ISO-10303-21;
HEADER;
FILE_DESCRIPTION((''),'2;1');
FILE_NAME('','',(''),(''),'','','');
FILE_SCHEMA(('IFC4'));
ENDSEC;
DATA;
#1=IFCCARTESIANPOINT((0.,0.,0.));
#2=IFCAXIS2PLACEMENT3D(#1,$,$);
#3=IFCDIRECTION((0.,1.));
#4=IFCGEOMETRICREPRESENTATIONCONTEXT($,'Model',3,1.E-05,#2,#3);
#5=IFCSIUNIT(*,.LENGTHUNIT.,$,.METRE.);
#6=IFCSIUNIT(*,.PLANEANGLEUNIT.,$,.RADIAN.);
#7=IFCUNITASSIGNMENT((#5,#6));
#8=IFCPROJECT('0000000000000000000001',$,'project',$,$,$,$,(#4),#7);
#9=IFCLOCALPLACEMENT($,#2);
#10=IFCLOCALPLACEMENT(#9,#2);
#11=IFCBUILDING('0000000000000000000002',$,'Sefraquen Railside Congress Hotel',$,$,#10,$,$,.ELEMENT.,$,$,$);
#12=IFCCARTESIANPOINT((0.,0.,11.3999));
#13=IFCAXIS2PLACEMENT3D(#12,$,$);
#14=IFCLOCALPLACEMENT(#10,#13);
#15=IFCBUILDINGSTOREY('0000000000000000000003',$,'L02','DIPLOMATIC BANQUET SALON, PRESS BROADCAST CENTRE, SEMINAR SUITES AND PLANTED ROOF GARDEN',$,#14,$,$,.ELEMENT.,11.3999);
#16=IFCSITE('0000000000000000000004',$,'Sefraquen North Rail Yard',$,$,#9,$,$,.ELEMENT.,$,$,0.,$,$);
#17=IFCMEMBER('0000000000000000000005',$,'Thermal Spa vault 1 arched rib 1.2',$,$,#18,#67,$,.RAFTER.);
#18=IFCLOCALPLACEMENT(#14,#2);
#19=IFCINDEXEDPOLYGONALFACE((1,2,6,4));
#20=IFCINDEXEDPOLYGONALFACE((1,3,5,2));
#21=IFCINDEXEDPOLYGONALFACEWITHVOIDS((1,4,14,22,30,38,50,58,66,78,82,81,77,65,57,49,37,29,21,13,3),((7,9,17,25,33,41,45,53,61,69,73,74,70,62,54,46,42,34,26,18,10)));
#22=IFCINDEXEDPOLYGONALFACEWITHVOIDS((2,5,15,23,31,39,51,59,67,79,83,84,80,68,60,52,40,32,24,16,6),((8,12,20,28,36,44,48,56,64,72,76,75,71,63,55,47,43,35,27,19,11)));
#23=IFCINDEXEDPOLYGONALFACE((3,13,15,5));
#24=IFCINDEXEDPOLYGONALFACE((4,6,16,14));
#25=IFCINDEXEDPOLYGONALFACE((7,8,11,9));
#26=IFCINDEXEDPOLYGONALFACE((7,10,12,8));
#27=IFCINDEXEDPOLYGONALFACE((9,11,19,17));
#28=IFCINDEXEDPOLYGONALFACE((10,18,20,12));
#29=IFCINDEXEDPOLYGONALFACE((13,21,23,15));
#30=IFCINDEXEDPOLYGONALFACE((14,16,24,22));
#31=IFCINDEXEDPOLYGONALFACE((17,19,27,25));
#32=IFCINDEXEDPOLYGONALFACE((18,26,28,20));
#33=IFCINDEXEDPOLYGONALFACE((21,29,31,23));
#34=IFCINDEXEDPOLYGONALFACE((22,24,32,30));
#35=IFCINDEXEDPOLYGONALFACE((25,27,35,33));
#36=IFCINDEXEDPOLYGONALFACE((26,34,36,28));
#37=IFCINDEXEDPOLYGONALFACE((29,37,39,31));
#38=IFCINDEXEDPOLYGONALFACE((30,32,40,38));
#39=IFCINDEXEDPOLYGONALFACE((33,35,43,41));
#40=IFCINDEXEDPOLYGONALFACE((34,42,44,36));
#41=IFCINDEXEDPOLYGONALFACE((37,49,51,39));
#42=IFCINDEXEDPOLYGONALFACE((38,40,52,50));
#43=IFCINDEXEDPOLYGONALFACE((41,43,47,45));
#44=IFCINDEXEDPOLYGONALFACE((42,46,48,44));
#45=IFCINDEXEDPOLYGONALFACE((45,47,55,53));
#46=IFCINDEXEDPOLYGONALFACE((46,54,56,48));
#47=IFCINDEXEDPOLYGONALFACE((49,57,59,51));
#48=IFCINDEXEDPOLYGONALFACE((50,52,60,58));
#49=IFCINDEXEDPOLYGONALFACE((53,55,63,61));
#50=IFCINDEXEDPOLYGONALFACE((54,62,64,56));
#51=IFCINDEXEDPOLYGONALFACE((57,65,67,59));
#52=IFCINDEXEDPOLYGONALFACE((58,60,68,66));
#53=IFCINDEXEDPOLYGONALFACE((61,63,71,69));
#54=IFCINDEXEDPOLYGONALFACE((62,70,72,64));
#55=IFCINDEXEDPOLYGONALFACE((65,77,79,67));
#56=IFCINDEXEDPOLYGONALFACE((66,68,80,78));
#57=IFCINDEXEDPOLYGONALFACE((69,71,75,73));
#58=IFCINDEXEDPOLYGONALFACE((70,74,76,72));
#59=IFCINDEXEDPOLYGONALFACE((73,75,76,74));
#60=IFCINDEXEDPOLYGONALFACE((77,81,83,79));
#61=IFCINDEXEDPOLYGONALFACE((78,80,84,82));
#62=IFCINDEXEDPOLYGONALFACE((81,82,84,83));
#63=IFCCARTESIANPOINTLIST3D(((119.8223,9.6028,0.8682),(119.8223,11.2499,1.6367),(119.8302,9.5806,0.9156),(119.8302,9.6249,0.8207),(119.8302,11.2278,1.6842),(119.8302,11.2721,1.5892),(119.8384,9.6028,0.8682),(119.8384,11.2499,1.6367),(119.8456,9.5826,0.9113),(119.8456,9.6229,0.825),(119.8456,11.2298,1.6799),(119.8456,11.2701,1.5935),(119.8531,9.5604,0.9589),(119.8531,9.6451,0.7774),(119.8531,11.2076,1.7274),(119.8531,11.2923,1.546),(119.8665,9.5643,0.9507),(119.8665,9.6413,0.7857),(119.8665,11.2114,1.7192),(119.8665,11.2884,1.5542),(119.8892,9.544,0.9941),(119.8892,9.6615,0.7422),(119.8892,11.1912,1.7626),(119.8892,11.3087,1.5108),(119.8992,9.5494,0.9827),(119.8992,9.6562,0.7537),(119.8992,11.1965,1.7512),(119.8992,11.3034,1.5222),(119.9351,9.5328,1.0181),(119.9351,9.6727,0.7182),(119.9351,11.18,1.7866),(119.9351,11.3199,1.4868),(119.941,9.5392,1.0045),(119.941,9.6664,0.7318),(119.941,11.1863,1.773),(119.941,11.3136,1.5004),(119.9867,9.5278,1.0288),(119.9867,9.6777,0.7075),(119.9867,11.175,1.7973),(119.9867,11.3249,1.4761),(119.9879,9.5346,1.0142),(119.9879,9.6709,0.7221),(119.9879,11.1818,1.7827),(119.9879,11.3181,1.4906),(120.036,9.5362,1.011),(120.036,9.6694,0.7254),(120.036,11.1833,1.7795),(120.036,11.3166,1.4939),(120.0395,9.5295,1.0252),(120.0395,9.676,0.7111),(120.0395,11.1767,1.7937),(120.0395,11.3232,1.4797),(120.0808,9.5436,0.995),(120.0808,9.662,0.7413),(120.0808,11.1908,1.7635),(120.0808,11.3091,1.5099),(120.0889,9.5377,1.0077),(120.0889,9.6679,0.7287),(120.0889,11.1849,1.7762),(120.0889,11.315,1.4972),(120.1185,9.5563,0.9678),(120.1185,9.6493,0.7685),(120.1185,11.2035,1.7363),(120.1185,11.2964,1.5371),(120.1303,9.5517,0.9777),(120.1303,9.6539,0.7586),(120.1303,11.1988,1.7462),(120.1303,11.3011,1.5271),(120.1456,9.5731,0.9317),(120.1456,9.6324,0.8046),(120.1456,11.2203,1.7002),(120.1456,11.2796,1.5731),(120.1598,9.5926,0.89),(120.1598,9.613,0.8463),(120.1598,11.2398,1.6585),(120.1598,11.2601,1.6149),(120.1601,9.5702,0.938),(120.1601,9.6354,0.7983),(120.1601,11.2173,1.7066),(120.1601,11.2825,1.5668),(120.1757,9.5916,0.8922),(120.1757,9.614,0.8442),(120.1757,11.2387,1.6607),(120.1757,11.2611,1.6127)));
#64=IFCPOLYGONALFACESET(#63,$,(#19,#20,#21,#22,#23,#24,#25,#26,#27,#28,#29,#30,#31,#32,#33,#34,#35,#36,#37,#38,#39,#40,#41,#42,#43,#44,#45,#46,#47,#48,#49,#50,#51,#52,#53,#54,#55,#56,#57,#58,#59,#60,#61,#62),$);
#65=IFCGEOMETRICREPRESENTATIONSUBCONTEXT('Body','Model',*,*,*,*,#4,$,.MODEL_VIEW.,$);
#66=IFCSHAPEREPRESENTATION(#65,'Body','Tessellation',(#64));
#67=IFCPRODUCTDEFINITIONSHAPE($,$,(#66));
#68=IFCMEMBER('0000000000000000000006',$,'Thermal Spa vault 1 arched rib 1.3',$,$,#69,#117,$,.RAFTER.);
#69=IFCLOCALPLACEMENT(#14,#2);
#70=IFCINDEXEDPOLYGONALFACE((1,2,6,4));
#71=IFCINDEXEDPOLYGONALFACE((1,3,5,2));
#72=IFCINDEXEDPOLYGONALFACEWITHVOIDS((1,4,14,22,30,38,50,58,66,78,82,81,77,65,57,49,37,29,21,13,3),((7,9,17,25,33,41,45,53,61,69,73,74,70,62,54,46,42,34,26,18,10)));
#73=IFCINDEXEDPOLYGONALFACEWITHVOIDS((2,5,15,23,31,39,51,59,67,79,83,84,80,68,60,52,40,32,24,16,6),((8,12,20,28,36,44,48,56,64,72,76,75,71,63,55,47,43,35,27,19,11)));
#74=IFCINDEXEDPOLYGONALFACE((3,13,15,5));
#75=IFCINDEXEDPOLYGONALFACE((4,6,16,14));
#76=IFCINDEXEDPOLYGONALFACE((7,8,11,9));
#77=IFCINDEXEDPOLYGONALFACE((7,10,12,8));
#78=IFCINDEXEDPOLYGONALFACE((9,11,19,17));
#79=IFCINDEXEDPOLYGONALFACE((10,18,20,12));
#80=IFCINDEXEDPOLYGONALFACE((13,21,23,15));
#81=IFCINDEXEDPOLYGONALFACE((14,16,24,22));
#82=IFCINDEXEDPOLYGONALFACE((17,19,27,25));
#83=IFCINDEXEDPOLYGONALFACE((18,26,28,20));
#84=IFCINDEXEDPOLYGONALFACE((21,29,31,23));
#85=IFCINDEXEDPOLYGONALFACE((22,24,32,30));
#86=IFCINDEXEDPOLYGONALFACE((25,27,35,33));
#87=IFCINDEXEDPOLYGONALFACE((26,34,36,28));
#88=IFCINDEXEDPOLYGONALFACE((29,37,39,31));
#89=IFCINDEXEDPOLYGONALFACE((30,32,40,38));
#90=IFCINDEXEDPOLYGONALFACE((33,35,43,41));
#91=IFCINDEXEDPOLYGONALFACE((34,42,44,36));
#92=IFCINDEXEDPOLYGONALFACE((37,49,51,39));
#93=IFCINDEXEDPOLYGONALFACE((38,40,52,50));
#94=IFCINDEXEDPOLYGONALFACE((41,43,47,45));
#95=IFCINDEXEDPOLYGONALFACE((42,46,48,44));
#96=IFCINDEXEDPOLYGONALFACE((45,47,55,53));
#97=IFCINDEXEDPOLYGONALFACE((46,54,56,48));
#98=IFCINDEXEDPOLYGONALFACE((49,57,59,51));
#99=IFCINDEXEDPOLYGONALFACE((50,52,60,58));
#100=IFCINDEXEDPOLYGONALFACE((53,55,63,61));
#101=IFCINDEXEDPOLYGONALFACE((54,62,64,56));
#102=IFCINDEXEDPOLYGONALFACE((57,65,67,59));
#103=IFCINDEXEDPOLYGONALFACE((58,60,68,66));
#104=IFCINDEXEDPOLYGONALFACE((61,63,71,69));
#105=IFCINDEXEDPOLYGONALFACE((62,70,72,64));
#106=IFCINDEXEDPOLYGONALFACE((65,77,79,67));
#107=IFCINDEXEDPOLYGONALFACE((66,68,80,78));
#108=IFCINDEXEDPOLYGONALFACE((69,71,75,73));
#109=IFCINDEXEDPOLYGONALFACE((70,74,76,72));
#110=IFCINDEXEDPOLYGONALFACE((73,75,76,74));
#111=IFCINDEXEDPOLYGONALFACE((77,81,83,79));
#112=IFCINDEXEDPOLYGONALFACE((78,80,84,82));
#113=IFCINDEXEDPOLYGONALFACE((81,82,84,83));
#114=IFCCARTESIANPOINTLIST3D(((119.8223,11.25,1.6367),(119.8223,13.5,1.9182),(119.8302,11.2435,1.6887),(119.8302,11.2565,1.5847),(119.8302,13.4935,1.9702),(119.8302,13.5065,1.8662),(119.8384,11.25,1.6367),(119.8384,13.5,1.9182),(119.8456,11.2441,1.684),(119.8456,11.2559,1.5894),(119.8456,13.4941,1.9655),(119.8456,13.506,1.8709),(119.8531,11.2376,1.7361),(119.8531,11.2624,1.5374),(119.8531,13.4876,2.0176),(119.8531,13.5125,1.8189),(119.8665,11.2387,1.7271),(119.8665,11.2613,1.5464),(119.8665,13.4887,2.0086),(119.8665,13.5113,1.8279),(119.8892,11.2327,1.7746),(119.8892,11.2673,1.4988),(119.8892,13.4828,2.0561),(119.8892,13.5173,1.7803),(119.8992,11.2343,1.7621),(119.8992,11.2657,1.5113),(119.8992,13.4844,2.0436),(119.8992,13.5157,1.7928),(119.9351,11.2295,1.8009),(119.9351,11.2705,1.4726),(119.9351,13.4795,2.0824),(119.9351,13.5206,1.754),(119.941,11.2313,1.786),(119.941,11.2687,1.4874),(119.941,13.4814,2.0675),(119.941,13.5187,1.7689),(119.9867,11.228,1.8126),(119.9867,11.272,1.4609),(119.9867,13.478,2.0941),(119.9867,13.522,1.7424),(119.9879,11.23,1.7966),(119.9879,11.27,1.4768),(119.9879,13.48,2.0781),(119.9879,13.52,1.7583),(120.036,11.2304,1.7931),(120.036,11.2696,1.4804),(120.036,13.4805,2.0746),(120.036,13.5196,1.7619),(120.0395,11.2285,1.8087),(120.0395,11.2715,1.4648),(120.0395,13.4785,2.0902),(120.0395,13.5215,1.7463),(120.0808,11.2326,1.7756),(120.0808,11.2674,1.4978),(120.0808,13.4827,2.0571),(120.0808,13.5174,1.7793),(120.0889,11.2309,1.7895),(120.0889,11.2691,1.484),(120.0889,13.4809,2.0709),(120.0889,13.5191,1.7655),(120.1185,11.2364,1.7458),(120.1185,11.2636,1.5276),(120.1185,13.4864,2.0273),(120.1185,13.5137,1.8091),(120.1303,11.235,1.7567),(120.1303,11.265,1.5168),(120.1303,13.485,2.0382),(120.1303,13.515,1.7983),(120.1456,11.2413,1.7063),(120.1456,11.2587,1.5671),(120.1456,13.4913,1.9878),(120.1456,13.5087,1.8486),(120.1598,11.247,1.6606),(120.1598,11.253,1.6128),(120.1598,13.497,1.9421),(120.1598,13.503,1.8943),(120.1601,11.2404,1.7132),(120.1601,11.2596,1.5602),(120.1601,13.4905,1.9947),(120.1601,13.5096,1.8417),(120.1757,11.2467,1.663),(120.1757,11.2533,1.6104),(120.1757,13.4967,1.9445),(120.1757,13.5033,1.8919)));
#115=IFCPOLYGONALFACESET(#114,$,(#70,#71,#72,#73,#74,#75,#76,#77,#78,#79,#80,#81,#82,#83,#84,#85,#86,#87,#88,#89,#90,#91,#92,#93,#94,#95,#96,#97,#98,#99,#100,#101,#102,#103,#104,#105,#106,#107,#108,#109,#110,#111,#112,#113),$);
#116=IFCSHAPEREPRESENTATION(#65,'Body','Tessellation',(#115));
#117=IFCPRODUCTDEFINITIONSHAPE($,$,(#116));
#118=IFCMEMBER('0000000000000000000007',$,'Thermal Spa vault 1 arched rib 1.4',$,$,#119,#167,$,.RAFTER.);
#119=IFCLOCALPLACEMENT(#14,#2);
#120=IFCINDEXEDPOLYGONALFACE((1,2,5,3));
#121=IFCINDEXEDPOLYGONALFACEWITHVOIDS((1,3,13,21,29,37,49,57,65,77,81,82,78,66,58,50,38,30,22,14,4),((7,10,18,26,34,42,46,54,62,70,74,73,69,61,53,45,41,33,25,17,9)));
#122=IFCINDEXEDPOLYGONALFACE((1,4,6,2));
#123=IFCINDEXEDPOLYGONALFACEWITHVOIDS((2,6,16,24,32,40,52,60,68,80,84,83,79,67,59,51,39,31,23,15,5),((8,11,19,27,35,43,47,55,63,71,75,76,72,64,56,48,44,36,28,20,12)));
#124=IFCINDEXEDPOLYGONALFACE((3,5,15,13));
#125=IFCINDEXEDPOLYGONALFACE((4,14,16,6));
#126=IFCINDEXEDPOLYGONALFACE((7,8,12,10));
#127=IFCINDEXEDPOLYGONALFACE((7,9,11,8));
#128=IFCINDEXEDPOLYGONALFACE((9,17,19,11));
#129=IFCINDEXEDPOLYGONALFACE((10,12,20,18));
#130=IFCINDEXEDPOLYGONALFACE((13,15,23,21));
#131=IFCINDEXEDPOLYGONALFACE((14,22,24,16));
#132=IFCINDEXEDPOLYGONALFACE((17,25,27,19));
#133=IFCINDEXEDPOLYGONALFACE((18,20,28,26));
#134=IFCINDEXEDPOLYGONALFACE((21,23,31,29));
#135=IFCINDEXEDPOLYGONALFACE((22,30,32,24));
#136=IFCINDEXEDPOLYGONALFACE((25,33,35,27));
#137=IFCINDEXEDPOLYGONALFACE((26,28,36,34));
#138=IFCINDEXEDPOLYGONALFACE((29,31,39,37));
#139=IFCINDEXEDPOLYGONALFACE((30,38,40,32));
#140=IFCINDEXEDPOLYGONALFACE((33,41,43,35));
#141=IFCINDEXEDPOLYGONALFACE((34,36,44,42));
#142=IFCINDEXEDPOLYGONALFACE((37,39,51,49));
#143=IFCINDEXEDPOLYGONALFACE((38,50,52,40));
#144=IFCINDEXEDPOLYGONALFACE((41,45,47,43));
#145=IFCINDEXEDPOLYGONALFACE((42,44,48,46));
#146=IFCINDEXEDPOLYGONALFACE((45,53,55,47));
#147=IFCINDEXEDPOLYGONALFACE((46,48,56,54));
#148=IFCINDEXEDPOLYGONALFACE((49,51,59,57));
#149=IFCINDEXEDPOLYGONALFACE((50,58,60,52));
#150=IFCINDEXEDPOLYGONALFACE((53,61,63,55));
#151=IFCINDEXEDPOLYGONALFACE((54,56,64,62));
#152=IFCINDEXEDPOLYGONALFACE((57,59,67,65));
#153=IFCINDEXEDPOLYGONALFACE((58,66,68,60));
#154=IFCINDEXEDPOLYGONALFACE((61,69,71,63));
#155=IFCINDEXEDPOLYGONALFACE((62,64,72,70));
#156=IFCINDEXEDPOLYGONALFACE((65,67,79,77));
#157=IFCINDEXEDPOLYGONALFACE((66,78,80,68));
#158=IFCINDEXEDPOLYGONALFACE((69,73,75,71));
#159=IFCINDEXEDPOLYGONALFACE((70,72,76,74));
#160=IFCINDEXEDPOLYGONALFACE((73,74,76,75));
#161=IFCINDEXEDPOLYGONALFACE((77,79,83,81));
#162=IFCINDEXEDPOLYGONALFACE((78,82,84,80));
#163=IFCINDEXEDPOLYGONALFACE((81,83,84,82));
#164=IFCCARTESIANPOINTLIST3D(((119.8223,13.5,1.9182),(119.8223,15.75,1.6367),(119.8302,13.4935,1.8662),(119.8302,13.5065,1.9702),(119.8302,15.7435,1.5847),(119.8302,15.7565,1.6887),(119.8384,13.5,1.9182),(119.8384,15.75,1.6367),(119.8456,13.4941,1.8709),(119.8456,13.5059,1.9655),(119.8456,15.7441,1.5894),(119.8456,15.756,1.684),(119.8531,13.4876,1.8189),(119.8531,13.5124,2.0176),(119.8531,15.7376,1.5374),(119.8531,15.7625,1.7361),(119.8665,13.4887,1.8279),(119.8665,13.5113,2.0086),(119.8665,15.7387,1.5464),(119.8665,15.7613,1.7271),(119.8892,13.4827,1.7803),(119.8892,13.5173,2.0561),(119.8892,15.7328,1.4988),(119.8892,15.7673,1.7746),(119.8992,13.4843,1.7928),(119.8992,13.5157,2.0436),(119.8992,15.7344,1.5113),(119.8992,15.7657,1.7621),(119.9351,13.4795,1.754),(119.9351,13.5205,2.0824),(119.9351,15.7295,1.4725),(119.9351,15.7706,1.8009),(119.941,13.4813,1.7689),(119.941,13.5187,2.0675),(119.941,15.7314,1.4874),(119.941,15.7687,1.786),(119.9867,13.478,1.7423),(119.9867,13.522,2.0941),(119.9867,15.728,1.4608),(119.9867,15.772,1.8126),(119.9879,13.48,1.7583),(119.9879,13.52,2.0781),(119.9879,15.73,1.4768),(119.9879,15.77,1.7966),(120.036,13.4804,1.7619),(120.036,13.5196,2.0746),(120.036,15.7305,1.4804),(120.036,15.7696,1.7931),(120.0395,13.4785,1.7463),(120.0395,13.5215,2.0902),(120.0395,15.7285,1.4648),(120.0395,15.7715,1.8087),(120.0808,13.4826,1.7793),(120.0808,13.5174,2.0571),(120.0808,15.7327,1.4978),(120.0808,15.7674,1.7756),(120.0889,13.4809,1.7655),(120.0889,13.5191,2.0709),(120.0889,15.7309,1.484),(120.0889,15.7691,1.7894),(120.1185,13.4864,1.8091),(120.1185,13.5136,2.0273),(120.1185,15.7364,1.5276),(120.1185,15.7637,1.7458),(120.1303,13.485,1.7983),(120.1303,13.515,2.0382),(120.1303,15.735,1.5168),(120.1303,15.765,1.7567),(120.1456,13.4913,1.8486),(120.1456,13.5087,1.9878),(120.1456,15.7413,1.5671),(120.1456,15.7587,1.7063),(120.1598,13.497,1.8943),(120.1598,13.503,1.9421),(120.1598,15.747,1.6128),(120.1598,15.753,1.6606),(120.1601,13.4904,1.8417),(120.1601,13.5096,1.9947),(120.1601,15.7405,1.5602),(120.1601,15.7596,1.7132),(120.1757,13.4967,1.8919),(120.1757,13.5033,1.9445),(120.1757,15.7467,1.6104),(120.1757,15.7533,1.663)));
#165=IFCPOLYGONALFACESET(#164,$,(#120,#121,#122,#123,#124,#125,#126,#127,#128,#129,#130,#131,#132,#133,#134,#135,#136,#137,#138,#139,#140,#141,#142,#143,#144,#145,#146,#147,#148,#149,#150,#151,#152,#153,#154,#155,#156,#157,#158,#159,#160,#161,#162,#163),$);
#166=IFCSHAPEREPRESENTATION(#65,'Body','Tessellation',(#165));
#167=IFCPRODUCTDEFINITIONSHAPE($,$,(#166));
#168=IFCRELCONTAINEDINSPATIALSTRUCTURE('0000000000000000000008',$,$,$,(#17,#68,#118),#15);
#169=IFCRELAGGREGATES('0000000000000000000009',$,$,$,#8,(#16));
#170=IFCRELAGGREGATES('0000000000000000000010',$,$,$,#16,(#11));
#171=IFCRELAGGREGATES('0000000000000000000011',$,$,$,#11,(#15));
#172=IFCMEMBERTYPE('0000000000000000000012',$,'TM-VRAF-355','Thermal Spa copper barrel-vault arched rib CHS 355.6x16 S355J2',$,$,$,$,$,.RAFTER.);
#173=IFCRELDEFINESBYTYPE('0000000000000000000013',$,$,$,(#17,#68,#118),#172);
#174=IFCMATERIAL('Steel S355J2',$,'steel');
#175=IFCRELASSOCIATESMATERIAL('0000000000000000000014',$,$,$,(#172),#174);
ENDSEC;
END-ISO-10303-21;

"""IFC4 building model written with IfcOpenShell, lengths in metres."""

from ifc_helpers import new_model, si_unit, direction, frame, origin, origin_2d, place, context, subcontext, project, spatial, hollow_circle, extrude, material, material_profile, profile_set, type_object, element, save


model = new_model("IFC4")

# Units and contexts
model_context = context("Model", 3, precision=1e-05, world=origin(), true_north=direction((0.0, 1.0)))
body_context = subcontext(model_context, "Body", "Model", "MODEL_VIEW")
ifc_project = project(units=[si_unit("LENGTHUNIT", "METRE"), si_unit("PLANEANGLEUNIT", "RADIAN")], contexts=[model_context])

# Site, building, storey
site_placement = place(None, origin())
site = spatial("IfcSite", under=ifc_project, at=site_placement, Name="Sefraquen North Rail Yard", CompositionType="ELEMENT", RefElevation=0.0)
building_placement = place(site_placement, origin())
building = spatial("IfcBuilding", under=site, at=building_placement, Name="Sefraquen Railside Congress Hotel", CompositionType="ELEMENT")
storey_placement = place(building_placement, frame((0.0, 0.0, 11.3999)))
storey = spatial("IfcBuildingStorey", under=building, at=storey_placement, Name="L02", Description="DIPLOMATIC BANQUET SALON, PRESS BROADCAST CENTRE, SEMINAR SUITES AND PLANTED ROOF GARDEN", CompositionType="ELEMENT", Elevation=11.3999)

# Members
ifc_material_1 = material(Name="Steel S355J2", Category="steel")
ifc_material_profile_1 = material_profile(ifc_material_1, hollow_circle(Radius=0.1777, WallThickness=0.0161, at=origin_2d()), Name="CHS 355.6x16")
ifc_profile_set_1 = profile_set([ifc_material_profile_1], Name="Steel S355J2")
member_type = type_object("IfcMemberType", Name="TM-VRAF-355", Description="Thermal Spa copper barrel-vault arched rib CHS 355.6x16 S355J2", PredefinedType="RAFTER", material=ifc_profile_set_1)
member_1_placement = place(storey_placement, frame((120.0, 9.6028, 0.8682), z_axis=(0.0, 0.906214, 0.422819), x_axis=(-1.0, 0.0, 0.0)))
element("IfcMember", 1, at=member_1_placement, inside=storey, type_object=member_type, Name="Thermal Spa vault 1 arched rib 1.2", PredefinedType="RAFTER", context=body_context, shape_type="SweptSolid", body=[
    extrude(hollow_circle(Radius=0.1777, WallThickness=0.0161, at=origin_2d()), origin(), (0.0, 0.0, 1.0), 1.8176),
])
for number, where, z_axis, x_axis, name in (
    (2, (120.0, 11.25, 1.6367), (0.0, 0.992265, 0.124141), (-1.0, 0.0, 0.0), "Thermal Spa vault 1 arched rib 1.3"),
    (3, (120.0, 13.5, 1.9182), (0.0, 0.992265, -0.124141), (-1.0, 0.0, 0.0), "Thermal Spa vault 1 arched rib 1.4"),
):
    element("IfcMember", number, at=place(storey_placement, frame(where, z_axis=z_axis, x_axis=x_axis)), inside=storey, type_object=member_type, Name=name, PredefinedType="RAFTER", context=body_context, shape_type="SweptSolid", body=[
        extrude(hollow_circle(Radius=0.1777, WallThickness=0.0161, at=origin_2d()), origin(), (0.0, 0.0, 1.0), 2.2676),
    ])

save(model, "model.ifc")
